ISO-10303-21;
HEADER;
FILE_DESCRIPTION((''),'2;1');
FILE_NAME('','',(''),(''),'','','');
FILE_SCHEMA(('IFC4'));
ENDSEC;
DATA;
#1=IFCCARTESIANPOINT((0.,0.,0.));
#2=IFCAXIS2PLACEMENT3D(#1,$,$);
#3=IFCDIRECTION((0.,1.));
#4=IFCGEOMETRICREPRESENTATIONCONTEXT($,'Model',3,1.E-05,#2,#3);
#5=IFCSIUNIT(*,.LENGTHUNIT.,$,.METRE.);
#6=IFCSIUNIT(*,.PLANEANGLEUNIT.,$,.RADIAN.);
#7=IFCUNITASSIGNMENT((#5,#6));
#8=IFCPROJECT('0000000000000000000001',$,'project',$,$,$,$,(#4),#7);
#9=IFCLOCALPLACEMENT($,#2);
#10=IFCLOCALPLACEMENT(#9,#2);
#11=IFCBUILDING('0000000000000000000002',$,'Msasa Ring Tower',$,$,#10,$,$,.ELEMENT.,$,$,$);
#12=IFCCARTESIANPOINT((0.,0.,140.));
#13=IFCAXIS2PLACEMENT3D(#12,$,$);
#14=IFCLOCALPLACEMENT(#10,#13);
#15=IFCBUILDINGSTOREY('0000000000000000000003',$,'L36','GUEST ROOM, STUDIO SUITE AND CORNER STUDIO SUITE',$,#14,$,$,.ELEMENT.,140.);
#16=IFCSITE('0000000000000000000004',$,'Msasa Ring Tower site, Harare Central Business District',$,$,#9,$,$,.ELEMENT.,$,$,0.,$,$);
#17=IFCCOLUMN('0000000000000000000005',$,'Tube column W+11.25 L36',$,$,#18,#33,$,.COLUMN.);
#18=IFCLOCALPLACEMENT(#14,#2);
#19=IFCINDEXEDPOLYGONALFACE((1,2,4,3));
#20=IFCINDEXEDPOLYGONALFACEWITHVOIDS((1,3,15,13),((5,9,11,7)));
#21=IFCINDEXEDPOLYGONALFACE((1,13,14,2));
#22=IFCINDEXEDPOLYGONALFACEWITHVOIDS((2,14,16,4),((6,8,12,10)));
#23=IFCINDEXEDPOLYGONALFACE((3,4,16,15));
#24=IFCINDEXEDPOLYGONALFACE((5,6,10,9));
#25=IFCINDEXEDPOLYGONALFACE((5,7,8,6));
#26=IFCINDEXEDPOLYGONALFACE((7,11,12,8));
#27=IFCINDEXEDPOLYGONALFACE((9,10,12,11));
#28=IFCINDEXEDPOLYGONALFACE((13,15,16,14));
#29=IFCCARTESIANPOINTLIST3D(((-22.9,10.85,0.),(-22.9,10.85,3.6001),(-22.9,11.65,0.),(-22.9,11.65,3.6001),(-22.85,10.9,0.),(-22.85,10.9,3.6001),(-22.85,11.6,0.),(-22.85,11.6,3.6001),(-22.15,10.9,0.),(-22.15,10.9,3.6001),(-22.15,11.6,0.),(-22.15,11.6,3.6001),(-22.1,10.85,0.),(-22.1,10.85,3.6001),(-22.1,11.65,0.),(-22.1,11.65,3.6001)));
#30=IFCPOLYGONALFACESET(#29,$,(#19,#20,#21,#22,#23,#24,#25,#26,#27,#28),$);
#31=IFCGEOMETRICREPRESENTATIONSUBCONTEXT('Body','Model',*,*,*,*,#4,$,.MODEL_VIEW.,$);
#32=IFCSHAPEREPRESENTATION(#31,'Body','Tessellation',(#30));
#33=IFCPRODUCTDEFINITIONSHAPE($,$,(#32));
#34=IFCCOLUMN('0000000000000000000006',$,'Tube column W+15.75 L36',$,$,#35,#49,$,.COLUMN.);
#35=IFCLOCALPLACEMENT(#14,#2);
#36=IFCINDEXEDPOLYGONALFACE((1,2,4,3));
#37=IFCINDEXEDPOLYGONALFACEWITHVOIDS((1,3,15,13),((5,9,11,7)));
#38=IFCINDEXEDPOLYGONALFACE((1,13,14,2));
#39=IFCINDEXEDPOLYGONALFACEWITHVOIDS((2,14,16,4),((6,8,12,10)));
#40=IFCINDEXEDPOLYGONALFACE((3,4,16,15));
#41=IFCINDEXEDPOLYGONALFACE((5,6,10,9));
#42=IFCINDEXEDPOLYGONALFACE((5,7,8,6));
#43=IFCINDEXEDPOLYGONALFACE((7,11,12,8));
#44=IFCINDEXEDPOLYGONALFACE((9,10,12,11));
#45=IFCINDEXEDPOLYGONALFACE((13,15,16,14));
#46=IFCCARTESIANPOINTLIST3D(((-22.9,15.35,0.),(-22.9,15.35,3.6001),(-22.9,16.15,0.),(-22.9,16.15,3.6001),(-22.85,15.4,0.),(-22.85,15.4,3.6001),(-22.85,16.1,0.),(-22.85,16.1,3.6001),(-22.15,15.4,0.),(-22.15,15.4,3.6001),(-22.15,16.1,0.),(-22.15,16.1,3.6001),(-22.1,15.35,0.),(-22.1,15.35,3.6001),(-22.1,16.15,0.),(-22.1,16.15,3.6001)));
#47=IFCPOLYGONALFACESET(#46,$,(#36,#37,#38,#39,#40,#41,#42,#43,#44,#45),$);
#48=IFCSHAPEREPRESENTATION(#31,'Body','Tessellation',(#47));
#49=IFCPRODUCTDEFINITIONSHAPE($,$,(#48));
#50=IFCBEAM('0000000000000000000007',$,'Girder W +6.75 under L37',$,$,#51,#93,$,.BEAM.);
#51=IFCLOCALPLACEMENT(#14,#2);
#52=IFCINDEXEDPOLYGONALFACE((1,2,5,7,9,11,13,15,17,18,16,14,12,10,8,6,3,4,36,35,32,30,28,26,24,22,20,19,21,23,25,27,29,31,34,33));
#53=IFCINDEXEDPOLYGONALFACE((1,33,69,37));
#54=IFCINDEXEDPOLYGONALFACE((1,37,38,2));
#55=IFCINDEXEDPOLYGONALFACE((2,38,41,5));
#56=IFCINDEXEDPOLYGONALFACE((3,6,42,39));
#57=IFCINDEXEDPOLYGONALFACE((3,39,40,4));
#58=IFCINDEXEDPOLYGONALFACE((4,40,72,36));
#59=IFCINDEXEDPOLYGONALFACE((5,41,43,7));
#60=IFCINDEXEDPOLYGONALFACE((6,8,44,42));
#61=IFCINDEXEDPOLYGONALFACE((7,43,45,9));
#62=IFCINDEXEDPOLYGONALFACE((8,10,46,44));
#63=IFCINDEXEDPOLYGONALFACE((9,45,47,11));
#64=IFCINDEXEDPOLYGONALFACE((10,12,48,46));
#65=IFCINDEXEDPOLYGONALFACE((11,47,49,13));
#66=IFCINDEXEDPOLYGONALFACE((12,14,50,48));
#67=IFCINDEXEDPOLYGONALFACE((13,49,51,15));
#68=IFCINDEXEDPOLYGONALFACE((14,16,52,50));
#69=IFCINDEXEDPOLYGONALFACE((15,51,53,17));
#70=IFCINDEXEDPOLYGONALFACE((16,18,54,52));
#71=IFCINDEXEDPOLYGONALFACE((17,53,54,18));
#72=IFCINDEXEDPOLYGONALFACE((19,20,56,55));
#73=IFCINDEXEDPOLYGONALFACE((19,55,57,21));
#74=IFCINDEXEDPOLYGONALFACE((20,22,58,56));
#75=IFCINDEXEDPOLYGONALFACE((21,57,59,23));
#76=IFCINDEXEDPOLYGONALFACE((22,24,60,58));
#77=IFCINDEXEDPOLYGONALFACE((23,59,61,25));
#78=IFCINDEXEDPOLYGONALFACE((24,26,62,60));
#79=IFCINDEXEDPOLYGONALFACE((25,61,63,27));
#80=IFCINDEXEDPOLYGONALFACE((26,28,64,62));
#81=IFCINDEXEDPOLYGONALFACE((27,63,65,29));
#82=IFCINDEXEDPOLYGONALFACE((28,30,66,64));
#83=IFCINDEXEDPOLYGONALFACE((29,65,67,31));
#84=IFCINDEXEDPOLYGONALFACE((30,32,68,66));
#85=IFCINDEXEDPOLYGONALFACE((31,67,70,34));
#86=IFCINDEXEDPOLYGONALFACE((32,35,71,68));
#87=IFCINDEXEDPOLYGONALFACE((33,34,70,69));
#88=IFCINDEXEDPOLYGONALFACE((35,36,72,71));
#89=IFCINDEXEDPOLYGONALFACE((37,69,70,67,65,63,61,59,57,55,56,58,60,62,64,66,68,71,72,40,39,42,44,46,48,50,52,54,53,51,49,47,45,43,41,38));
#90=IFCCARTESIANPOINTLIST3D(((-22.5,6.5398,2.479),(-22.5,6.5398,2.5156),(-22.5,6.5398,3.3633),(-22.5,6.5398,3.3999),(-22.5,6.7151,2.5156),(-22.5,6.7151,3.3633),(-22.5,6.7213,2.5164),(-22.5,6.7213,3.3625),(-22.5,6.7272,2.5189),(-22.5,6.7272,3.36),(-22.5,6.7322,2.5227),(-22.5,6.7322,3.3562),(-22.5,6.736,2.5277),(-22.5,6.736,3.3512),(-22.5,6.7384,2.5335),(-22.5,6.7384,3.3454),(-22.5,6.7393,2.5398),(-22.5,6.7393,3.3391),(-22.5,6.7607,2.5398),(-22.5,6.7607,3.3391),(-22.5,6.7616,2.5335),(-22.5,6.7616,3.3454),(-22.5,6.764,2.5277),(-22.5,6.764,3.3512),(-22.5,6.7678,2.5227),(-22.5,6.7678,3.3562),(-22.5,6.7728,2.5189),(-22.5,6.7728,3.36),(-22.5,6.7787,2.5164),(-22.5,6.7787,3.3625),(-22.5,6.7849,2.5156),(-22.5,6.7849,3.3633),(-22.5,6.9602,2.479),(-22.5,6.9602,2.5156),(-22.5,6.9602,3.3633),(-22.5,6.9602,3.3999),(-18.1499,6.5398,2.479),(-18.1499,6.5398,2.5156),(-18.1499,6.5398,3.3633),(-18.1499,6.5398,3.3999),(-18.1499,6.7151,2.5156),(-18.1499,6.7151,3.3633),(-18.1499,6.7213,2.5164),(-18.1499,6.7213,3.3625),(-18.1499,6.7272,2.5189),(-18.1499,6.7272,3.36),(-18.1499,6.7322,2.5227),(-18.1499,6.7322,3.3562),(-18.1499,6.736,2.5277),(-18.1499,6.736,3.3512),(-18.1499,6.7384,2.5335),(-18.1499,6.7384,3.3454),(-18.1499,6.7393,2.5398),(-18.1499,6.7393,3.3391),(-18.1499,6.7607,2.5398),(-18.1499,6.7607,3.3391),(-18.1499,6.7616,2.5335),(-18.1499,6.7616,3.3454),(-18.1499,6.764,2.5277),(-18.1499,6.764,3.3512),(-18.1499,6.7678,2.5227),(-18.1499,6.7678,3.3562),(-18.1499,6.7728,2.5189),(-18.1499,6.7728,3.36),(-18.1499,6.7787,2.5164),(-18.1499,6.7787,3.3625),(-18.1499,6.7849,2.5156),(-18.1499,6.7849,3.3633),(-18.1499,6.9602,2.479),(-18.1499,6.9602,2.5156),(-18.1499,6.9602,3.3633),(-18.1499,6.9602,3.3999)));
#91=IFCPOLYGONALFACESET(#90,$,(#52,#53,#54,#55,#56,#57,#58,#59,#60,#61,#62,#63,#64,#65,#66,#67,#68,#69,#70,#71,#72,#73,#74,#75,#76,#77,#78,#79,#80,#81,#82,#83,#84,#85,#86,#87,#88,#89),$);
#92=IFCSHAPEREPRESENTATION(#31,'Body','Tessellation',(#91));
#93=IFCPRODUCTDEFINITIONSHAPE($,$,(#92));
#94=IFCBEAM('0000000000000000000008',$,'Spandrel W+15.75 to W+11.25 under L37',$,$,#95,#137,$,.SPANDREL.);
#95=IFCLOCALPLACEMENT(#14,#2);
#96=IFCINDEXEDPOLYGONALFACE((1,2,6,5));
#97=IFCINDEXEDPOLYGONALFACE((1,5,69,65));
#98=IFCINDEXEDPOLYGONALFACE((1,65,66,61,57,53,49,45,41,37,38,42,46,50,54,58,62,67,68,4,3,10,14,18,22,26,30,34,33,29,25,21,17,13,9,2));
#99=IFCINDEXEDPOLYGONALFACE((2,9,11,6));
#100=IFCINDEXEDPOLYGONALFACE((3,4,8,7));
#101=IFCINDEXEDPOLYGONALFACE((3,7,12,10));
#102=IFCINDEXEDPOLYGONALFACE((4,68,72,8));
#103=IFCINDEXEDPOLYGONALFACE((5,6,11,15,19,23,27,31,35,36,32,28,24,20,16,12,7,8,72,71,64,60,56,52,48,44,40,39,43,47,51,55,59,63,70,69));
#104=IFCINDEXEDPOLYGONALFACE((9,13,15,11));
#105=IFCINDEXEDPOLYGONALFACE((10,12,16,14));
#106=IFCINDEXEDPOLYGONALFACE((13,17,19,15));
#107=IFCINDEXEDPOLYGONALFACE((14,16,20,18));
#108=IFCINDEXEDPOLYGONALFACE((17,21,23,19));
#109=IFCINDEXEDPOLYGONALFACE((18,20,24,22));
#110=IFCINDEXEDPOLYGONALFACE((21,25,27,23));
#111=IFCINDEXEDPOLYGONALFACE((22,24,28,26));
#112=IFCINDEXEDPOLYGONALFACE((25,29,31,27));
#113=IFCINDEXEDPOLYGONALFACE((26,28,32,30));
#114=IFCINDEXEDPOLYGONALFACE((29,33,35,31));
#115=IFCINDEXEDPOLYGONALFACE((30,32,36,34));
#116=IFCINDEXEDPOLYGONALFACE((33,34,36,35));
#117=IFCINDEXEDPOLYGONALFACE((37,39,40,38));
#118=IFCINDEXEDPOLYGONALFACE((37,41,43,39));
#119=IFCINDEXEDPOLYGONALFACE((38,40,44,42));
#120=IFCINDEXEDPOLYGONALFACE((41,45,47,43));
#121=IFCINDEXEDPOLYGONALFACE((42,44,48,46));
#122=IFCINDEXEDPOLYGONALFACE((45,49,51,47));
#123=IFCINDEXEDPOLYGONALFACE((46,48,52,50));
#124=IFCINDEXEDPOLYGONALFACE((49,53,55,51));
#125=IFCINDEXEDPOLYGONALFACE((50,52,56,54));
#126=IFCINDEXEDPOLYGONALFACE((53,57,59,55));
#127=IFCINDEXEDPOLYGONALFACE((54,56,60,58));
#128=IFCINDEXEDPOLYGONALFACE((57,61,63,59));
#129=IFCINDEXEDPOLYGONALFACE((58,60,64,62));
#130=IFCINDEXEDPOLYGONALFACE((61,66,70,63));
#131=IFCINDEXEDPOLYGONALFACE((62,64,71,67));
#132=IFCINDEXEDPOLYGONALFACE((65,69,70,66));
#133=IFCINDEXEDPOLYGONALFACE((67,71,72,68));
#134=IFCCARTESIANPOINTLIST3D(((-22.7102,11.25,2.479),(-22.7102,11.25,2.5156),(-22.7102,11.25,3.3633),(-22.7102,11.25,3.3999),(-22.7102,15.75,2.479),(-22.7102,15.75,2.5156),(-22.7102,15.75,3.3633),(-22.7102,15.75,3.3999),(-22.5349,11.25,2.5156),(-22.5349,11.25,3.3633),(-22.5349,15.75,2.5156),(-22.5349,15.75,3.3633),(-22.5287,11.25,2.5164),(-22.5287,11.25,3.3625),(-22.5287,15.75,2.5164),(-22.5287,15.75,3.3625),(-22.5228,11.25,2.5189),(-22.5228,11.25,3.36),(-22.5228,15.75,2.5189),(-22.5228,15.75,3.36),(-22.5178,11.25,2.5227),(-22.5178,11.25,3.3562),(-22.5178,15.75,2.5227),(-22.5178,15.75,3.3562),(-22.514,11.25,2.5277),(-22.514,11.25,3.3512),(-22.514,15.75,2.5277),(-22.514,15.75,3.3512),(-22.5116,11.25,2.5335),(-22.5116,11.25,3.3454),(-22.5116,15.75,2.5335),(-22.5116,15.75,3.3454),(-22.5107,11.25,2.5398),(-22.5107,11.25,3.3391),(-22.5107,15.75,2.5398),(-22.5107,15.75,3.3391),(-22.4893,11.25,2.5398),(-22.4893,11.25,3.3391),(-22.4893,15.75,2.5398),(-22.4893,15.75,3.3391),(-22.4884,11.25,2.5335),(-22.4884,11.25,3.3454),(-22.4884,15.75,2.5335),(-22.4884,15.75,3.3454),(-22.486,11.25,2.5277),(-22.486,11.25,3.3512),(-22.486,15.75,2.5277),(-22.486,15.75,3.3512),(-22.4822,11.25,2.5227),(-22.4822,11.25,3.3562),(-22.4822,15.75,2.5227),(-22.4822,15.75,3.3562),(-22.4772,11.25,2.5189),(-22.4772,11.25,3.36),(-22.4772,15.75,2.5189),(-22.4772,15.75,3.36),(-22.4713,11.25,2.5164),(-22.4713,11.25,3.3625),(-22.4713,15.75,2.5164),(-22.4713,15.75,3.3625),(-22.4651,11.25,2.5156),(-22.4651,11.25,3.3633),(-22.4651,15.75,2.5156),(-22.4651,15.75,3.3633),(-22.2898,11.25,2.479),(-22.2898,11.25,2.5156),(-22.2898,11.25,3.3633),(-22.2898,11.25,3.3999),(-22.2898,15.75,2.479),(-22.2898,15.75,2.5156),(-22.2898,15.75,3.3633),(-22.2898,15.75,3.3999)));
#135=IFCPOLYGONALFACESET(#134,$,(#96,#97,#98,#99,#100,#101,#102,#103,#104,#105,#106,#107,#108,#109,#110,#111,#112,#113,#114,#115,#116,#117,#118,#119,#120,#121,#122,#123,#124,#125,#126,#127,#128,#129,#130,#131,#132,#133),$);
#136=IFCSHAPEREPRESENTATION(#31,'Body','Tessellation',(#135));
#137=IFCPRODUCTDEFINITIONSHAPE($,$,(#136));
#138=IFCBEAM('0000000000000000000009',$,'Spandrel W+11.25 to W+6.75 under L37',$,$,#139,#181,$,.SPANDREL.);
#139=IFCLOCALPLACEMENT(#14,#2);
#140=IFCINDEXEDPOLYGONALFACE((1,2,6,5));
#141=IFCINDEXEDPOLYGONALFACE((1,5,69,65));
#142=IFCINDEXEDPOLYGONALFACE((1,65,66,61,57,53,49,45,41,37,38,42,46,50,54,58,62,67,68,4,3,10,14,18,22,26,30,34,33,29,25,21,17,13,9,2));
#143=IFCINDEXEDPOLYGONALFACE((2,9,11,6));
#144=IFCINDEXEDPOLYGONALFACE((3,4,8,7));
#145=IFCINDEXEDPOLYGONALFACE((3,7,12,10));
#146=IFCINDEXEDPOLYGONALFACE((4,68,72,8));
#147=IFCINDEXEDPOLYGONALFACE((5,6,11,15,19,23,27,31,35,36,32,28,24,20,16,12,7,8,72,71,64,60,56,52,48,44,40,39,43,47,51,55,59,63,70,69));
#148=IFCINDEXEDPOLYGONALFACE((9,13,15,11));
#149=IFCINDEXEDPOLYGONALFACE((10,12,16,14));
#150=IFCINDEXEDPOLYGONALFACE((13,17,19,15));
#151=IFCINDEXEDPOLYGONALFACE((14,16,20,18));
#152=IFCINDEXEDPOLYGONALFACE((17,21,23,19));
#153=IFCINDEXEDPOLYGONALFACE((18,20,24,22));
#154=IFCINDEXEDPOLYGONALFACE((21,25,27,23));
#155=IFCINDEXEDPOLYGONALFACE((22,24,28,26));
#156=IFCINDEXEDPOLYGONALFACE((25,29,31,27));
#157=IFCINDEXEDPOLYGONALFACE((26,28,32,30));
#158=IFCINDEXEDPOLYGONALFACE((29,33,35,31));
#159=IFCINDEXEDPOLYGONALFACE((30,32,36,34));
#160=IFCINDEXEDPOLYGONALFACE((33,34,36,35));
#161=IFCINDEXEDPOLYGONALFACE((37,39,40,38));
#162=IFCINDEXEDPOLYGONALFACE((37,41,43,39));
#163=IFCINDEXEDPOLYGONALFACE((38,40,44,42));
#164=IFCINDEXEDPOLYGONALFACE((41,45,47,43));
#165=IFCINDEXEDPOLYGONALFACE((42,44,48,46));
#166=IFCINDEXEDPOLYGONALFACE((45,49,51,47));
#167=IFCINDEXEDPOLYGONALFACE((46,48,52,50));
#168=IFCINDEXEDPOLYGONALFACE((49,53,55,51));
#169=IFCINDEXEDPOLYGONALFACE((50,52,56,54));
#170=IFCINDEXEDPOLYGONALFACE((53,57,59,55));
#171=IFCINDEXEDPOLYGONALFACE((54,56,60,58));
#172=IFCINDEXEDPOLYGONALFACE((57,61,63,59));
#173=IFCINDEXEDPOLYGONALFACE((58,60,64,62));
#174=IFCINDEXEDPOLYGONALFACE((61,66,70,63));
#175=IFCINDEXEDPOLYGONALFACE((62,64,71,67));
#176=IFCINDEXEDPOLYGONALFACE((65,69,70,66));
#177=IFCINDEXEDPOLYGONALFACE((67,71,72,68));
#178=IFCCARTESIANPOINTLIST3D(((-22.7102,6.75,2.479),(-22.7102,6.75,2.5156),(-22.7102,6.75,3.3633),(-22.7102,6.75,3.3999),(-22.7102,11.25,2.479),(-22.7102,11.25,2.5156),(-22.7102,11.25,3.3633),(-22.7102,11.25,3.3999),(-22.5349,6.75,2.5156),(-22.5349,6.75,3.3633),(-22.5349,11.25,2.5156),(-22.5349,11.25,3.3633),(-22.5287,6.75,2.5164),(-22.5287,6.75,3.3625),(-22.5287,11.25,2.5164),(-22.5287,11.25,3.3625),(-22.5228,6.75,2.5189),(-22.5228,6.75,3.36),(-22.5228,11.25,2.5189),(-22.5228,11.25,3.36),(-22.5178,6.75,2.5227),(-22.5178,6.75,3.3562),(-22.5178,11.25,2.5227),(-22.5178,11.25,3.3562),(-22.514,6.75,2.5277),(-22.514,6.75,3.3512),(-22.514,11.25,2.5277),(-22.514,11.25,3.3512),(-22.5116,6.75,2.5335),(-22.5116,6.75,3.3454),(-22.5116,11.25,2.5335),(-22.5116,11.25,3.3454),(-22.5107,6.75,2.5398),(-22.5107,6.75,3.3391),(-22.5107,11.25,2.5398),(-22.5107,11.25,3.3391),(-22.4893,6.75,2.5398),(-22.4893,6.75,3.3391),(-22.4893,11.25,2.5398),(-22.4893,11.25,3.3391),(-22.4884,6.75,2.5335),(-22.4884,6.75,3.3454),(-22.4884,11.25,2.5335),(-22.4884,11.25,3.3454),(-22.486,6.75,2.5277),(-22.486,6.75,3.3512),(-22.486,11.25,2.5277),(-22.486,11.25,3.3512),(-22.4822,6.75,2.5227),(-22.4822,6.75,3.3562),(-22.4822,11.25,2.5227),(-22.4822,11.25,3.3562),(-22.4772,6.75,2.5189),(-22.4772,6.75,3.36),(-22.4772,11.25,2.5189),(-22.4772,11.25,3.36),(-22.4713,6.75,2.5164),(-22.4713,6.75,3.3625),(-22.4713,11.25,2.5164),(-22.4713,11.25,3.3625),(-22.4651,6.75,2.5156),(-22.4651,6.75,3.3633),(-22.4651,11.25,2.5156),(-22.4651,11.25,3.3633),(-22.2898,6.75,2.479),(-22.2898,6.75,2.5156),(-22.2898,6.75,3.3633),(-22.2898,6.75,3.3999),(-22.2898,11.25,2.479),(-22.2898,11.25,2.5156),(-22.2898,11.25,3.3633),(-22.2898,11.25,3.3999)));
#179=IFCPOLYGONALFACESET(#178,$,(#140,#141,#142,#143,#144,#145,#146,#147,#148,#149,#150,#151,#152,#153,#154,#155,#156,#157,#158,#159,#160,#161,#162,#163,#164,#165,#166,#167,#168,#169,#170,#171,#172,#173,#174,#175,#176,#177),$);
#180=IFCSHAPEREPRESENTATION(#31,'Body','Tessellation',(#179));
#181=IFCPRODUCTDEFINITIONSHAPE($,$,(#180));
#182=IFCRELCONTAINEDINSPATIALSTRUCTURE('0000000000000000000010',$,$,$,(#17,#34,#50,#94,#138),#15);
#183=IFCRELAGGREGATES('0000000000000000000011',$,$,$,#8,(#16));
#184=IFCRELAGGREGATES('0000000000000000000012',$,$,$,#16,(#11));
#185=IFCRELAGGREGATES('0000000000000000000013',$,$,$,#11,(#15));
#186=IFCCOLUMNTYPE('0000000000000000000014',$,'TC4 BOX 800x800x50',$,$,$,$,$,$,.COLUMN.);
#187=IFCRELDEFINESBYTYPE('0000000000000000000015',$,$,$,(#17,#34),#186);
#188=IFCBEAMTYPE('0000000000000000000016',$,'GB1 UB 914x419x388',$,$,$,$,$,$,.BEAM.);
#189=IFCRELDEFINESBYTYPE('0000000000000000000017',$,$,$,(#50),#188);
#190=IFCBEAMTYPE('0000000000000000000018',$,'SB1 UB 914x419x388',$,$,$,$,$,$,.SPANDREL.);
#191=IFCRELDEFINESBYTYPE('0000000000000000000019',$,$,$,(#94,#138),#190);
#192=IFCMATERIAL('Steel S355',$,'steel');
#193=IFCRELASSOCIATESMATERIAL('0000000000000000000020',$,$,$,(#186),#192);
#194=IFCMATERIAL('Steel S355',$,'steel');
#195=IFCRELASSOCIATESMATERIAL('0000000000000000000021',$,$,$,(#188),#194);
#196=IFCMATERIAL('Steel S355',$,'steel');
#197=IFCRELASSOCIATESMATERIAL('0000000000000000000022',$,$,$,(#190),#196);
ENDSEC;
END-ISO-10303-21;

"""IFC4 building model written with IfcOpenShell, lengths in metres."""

from ifc_helpers import new_model, si_unit, direction, frame, origin, origin_2d, place, context, subcontext, project, spatial, hollow_rectangle, i_section, extrude, material, material_profile, profile_set, type_object, element, save


model = new_model("IFC4")

# Units and contexts
model_context = context("Model", 3, precision=1e-05, world=origin(), true_north=direction((0.0, 1.0)))
body_context = subcontext(model_context, "Body", "Model", "MODEL_VIEW")
ifc_project = project(units=[si_unit("LENGTHUNIT", "METRE"), si_unit("PLANEANGLEUNIT", "RADIAN")], contexts=[model_context])

# Site, building, storey
site_placement = place(None, origin())
site = spatial("IfcSite", under=ifc_project, at=site_placement, Name="Msasa Ring Tower site, Harare Central Business District", CompositionType="ELEMENT", RefElevation=0.0)
building_placement = place(site_placement, origin())
building = spatial("IfcBuilding", under=site, at=building_placement, Name="Msasa Ring Tower", CompositionType="ELEMENT")
storey_placement = place(building_placement, frame((0.0, 0.0, 140.0)))
storey = spatial("IfcBuildingStorey", under=building, at=storey_placement, Name="L36", Description="GUEST ROOM, STUDIO SUITE AND CORNER STUDIO SUITE", CompositionType="ELEMENT", Elevation=140.0)

# Columns
ifc_material_1 = material(Name="Steel S355", Category="steel")
ifc_material_profile_1 = material_profile(ifc_material_1, hollow_rectangle(XDim=0.8, YDim=0.8, WallThickness=0.05, at=origin_2d()), Name="BOX 800x800x50")
ifc_profile_set_1 = profile_set([ifc_material_profile_1], Name="Steel S355")
column_type = type_object("IfcColumnType", Name="TC4 BOX 800x800x50", PredefinedType="COLUMN", material=ifc_profile_set_1)
for number, where, z_axis, x_axis, name in (
    (1, (-22.5, 11.25, 0.0), (0.0, 0.0, 1.0), (1.0, 0.0, 0.0), "Tube column W+11.25 L36"),
    (2, (-22.5, 15.75, 0.0), (0.0, 0.0, 1.0), (1.0, 0.0, 0.0), "Tube column W+15.75 L36"),
):
    element("IfcColumn", number, at=place(storey_placement, frame(where, z_axis=z_axis, x_axis=x_axis)), inside=storey, type_object=column_type, Name=name, PredefinedType="COLUMN", context=body_context, shape_type="SweptSolid", body=[
        extrude(hollow_rectangle(XDim=0.8, YDim=0.8, WallThickness=0.05, at=origin_2d()), origin(), (0.0, 0.0, 1.0), 3.6001),
    ])

# Beams
ifc_material_2 = material(Name="Steel S355", Category="steel")
ifc_material_profile_2 = material_profile(ifc_material_2, i_section(OverallWidth=0.4204, OverallDepth=0.9209, WebThickness=0.0215, FlangeThickness=0.0366, FilletRadius=0.0242, at=origin_2d()), Name="UB 914x419x388")
ifc_profile_set_2 = profile_set([ifc_material_profile_2], Name="Steel S355")
beam_type_1 = type_object("IfcBeamType", Name="GB1 UB 914x419x388", PredefinedType="BEAM", material=ifc_profile_set_2)
beam_placement = place(storey_placement, frame((-18.1499, 6.75, 2.9395), z_axis=(-1.0, 0.0, 0.0), x_axis=(0.0, -1.0, 0.0)))
element("IfcBeam", 3, at=beam_placement, inside=storey, type_object=beam_type_1, Name="Girder W +6.75 under L37", PredefinedType="BEAM", context=body_context, shape_type="SweptSolid", body=[
    extrude(i_section(OverallWidth=0.4204, OverallDepth=0.9209, WebThickness=0.0215, FlangeThickness=0.0366, FilletRadius=0.0242, at=origin_2d()), origin(), (0.0, 0.0, 1.0), 4.3501),
])
ifc_material_3 = material(Name="Steel S355", Category="steel")
ifc_material_profile_3 = material_profile(ifc_material_3, i_section(OverallWidth=0.4204, OverallDepth=0.9209, WebThickness=0.0215, FlangeThickness=0.0366, FilletRadius=0.0242, at=origin_2d()), Name="UB 914x419x388")
ifc_profile_set_3 = profile_set([ifc_material_profile_3], Name="Steel S355")
beam_type_2 = type_object("IfcBeamType", Name="SB1 UB 914x419x388", PredefinedType="SPANDREL", material=ifc_profile_set_3)
for number, where, z_axis, x_axis, name in (
    (4, (-22.5, 15.75, 2.9395), (0.0, -1.0, 0.0), (1.0, 0.0, 0.0), "Spandrel W+15.75 to W+11.25 under L37"),
    (5, (-22.5, 11.25, 2.9395), (0.0, -1.0, 0.0), (1.0, 0.0, 0.0), "Spandrel W+11.25 to W+6.75 under L37"),
):
    element("IfcBeam", number, at=place(storey_placement, frame(where, z_axis=z_axis, x_axis=x_axis)), inside=storey, type_object=beam_type_2, Name=name, PredefinedType="SPANDREL", context=body_context, shape_type="SweptSolid", body=[
        extrude(i_section(OverallWidth=0.4204, OverallDepth=0.9209, WebThickness=0.0215, FlangeThickness=0.0366, FilletRadius=0.0242, at=origin_2d()), origin(), (0.0, 0.0, 1.0), 4.5),
    ])

save(model, "model.ifc")
